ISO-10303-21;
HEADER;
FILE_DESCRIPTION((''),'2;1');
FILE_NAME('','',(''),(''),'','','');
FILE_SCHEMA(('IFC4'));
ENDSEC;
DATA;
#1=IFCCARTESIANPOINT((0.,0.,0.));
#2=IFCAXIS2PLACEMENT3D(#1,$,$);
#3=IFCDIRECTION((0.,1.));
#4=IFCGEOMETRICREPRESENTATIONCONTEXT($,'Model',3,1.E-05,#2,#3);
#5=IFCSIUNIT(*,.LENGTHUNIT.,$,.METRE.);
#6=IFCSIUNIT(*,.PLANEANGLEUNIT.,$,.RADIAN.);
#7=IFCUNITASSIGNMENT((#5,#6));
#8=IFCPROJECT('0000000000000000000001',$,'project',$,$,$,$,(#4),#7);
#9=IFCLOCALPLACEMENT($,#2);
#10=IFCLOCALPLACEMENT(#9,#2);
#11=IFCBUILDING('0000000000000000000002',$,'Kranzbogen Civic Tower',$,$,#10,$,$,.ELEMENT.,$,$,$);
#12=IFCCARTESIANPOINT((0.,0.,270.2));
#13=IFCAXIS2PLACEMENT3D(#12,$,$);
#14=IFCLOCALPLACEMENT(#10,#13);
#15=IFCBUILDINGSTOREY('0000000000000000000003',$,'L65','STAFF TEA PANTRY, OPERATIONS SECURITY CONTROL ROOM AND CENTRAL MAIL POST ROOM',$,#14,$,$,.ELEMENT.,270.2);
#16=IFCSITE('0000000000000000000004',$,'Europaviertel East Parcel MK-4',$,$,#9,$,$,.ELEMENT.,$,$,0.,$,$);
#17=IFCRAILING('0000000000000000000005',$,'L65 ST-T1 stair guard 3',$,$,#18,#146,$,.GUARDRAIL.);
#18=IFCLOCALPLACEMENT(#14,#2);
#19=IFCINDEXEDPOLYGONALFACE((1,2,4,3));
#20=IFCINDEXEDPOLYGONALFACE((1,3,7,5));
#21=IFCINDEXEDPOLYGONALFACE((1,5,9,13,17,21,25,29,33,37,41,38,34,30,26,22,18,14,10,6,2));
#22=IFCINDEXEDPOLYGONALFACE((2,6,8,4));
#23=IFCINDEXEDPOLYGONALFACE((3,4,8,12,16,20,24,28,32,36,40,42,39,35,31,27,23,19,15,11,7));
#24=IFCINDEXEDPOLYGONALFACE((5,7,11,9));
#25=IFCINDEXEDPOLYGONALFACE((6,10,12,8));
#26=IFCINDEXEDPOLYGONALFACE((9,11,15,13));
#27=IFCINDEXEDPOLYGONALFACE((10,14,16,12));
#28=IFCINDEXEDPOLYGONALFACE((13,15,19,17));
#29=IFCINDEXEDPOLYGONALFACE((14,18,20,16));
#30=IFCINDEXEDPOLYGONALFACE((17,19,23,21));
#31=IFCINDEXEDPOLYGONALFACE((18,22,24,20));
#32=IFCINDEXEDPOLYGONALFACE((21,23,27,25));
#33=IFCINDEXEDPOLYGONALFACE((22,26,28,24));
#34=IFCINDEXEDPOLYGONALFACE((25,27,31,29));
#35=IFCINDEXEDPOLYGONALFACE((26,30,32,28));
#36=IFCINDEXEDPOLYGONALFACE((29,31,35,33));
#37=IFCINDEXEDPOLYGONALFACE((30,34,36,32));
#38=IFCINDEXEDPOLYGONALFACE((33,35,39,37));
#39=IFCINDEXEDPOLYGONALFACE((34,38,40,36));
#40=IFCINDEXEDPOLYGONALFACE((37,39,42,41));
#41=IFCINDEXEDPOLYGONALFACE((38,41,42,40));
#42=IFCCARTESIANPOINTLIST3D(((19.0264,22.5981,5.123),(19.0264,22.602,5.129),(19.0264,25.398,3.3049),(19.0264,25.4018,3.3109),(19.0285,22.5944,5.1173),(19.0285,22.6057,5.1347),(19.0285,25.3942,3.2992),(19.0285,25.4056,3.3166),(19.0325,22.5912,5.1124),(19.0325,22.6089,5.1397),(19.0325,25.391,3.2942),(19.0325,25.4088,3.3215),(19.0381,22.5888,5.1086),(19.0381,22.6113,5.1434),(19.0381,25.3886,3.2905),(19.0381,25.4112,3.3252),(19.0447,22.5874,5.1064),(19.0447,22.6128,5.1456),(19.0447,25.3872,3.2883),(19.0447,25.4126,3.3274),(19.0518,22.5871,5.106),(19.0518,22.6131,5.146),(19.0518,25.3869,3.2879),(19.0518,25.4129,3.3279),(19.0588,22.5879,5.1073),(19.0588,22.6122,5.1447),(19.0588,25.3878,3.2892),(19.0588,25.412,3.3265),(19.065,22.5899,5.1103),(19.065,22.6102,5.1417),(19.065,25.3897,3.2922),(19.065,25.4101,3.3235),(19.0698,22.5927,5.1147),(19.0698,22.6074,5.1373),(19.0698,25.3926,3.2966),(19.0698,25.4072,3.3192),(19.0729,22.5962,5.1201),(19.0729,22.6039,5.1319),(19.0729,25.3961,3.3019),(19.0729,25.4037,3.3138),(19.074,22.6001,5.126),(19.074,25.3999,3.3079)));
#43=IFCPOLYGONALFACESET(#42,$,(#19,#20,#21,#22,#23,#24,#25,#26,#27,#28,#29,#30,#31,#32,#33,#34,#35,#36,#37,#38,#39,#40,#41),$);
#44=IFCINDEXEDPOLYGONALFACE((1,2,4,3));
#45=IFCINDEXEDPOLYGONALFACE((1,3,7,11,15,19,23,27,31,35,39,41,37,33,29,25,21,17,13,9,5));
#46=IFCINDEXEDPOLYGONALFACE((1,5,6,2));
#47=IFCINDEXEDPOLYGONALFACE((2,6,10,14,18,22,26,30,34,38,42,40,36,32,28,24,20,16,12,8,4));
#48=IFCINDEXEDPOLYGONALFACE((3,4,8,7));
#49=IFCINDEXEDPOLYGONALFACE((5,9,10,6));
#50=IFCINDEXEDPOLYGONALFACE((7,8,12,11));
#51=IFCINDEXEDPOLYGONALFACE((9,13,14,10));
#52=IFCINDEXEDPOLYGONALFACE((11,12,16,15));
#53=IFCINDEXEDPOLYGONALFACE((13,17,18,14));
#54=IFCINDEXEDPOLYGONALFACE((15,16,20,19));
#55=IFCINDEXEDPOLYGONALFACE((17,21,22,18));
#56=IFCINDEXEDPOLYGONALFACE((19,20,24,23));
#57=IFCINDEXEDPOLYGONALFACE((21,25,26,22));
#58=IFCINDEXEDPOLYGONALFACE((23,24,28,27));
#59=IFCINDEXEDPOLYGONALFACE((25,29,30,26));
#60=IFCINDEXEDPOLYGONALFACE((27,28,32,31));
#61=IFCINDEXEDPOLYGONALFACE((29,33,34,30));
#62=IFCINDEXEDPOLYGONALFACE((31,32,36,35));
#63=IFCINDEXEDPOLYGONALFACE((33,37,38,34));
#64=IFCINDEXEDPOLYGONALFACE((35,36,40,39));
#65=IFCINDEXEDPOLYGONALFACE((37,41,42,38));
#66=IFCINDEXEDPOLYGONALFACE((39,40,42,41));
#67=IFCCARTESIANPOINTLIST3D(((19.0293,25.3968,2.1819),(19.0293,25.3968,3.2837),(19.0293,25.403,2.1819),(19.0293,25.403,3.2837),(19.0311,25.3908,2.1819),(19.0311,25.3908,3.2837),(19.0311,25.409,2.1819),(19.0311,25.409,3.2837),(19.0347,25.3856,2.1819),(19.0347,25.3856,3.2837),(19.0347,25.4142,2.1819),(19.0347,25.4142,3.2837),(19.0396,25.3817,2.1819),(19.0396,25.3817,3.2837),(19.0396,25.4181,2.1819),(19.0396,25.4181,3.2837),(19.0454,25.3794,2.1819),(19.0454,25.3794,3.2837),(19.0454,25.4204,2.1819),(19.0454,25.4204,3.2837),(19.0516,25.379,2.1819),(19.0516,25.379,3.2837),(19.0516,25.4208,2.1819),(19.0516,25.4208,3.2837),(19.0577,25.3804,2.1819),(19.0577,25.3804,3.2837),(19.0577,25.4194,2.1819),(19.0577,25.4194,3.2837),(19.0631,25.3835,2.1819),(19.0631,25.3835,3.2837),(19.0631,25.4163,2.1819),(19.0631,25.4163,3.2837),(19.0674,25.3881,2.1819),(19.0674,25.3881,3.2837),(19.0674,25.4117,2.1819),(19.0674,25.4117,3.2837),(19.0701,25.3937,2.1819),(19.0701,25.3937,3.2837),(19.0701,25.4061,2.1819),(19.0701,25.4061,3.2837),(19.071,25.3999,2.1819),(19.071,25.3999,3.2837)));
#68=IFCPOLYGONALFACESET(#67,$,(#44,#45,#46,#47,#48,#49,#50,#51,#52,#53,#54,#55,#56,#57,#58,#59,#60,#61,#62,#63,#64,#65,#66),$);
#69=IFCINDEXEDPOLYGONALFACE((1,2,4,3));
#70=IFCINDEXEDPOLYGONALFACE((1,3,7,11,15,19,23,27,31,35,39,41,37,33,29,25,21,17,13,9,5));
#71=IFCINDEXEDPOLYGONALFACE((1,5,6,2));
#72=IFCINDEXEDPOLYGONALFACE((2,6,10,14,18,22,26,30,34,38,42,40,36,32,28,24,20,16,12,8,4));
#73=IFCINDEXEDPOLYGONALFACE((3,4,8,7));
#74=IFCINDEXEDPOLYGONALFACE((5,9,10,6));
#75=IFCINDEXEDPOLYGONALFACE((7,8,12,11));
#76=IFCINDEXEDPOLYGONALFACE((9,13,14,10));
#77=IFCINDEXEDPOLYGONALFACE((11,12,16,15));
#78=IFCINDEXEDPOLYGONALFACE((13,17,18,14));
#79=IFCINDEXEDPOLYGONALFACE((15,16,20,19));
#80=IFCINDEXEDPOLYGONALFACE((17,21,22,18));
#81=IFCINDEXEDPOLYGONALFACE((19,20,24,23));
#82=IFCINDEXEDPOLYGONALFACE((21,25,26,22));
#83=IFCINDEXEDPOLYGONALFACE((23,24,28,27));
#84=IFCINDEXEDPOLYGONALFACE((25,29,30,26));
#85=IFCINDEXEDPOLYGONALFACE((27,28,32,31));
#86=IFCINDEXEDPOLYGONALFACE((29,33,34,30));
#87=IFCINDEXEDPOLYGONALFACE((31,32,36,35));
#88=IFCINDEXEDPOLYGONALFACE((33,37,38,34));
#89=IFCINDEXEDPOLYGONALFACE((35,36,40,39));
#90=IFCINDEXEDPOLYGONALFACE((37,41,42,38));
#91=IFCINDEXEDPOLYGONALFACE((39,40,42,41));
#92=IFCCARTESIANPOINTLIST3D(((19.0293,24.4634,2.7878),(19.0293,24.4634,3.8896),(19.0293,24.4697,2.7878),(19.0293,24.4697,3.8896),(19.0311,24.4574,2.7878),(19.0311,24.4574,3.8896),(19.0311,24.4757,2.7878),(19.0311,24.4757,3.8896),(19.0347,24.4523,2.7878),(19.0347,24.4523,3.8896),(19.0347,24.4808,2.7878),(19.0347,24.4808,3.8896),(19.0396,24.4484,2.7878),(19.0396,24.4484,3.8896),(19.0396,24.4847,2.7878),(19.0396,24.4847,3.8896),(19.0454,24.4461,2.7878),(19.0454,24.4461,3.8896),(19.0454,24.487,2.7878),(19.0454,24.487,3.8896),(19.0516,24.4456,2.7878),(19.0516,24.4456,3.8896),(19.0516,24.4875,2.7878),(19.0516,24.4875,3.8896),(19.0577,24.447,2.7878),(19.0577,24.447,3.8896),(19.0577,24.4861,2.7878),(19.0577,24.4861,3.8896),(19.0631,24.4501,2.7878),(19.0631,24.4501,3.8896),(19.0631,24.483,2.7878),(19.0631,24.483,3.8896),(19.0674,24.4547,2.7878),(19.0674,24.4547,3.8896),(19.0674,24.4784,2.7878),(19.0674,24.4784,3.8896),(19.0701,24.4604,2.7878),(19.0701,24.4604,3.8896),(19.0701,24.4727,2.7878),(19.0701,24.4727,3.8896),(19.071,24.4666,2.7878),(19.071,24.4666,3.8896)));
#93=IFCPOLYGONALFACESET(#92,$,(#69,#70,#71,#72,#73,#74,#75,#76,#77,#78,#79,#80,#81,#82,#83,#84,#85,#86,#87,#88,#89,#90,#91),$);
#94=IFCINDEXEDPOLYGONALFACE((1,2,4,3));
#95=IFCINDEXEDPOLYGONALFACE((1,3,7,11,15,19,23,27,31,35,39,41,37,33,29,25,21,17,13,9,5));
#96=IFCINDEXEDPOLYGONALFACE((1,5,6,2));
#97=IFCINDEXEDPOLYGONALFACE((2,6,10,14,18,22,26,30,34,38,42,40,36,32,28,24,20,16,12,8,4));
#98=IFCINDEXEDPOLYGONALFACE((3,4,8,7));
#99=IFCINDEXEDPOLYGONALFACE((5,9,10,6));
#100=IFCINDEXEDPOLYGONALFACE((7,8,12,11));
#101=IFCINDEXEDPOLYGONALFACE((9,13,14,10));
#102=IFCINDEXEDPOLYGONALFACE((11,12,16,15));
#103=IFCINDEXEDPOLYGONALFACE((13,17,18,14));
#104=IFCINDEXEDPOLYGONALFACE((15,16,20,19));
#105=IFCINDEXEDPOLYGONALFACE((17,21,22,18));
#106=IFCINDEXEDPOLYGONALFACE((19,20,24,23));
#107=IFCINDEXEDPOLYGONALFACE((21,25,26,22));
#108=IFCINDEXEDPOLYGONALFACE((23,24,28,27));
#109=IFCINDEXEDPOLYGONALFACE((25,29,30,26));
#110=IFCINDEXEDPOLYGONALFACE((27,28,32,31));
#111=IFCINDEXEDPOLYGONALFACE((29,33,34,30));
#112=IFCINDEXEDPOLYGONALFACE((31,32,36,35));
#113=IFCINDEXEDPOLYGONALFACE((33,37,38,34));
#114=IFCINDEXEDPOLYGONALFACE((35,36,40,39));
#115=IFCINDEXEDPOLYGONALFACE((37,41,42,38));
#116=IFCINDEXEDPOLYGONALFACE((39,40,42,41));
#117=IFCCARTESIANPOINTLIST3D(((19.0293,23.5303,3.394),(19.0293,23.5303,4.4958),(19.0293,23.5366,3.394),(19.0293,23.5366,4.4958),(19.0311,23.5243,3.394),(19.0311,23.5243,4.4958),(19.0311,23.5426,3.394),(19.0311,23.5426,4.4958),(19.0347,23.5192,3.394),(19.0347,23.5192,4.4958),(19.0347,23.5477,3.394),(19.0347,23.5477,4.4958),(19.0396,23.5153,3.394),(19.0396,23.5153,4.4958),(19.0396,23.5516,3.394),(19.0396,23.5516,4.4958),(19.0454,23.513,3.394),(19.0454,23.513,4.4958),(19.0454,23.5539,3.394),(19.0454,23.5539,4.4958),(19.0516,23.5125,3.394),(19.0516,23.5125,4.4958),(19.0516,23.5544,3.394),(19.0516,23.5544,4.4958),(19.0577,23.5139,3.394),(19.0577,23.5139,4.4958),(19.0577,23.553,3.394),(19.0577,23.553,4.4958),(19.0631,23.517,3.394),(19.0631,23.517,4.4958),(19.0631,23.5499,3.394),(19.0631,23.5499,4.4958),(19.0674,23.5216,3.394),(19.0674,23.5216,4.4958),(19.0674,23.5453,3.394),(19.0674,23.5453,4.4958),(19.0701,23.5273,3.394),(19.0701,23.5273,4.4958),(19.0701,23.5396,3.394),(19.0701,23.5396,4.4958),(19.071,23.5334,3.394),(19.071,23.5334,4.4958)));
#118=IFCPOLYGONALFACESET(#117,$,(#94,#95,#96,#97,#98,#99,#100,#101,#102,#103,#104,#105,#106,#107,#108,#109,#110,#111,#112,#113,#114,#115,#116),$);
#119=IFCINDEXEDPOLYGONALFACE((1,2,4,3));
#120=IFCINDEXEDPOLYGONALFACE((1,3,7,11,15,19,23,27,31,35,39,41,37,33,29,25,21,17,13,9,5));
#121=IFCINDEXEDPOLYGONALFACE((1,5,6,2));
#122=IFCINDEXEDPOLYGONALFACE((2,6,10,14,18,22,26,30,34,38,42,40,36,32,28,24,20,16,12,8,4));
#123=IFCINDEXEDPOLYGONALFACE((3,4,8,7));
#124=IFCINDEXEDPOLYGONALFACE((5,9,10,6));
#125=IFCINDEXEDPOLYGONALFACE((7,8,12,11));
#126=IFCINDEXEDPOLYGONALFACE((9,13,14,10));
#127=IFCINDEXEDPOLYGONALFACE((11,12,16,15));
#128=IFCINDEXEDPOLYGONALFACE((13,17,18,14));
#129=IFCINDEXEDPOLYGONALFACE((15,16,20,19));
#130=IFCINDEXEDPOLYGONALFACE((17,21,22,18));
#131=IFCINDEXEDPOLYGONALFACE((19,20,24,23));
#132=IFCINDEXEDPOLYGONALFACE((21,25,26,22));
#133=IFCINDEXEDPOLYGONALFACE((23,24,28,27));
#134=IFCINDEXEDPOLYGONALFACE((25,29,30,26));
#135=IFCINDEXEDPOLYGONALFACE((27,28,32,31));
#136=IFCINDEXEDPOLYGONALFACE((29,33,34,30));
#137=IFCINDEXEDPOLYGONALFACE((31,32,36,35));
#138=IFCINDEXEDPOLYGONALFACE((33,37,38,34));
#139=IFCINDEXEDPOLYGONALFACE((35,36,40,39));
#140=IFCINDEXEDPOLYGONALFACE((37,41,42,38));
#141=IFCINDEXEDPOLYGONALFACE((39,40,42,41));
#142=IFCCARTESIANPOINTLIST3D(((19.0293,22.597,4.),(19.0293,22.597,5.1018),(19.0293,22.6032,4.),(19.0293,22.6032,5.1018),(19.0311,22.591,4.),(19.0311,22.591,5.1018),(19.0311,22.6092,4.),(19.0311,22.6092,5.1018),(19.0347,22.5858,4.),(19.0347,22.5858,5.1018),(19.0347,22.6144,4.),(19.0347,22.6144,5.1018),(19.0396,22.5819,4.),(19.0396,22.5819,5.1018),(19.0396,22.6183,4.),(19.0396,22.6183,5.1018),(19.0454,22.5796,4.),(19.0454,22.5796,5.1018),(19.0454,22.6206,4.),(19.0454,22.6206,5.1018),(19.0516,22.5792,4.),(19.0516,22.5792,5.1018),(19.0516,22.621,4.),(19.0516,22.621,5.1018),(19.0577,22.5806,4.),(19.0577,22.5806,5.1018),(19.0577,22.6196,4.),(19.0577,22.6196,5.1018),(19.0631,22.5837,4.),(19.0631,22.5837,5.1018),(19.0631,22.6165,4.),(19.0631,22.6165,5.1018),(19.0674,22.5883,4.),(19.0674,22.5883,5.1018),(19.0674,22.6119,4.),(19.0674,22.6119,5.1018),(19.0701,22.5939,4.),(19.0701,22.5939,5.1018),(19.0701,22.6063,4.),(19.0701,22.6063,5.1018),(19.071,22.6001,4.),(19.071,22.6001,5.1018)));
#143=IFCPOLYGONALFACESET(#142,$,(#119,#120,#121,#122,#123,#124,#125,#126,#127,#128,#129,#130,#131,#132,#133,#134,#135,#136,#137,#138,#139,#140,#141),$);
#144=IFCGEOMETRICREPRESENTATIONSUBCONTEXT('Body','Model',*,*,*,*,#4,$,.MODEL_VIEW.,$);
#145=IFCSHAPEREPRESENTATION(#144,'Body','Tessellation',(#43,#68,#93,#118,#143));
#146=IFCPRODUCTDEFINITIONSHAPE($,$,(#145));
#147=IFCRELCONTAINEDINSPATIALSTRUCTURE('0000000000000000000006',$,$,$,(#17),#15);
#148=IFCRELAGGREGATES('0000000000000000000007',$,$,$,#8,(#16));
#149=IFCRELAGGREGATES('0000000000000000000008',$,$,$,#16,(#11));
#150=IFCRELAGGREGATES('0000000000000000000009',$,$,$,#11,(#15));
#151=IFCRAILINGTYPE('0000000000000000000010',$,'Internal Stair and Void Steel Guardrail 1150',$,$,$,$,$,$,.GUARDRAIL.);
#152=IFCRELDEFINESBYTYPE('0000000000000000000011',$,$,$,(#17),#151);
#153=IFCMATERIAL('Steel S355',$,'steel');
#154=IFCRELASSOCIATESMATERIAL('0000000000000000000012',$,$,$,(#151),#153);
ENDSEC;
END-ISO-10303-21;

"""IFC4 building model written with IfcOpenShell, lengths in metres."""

from ifc_helpers import new_model, si_unit, direction, frame, origin, origin_2d, place, context, subcontext, project, spatial, circle, extrude, material, type_object, element, save


model = new_model("IFC4")

# Units and contexts
model_context = context("Model", 3, precision=1e-05, world=origin(), true_north=direction((0.0, 1.0)))
body_context = subcontext(model_context, "Body", "Model", "MODEL_VIEW")
ifc_project = project(units=[si_unit("LENGTHUNIT", "METRE"), si_unit("PLANEANGLEUNIT", "RADIAN")], contexts=[model_context])

# Site, building, storey
site_placement = place(None, origin())
site = spatial("IfcSite", under=ifc_project, at=site_placement, Name="Europaviertel East Parcel MK-4", CompositionType="ELEMENT", RefElevation=0.0)
building_placement = place(site_placement, origin())
building = spatial("IfcBuilding", under=site, at=building_placement, Name="Kranzbogen Civic Tower", CompositionType="ELEMENT")
storey_placement = place(building_placement, frame((0.0, 0.0, 270.2)))
storey = spatial("IfcBuildingStorey", under=building, at=storey_placement, Name="L65", Description="STAFF TEA PANTRY, OPERATIONS SECURITY CONTROL ROOM AND CENTRAL MAIL POST ROOM", CompositionType="ELEMENT", Elevation=270.2)

# Shared definitions
ifc_material_1 = material(Name="Steel S355", Category="steel")

# Railing
railing_type_1 = type_object("IfcRailingType", Name="Internal Stair and Void Steel Guardrail 1150", PredefinedType="GUARDRAIL", material=ifc_material_1)
railing_1_placement = place(storey_placement, frame((19.05, 25.3999, 2.1819)))
element("IfcRailing", 1, at=railing_1_placement, inside=storey, type_object=railing_type_1, Name="L65 ST-T1 stair guard 3", PredefinedType="GUARDRAIL", context=body_context, shape_type="SweptSolid", body=[
    extrude(circle(Radius=0.0239, at=origin_2d()), frame((0.0, 0.0, 1.126), z_axis=(0.0, -0.838684, 0.544618), x_axis=(1.0, 0.0, 0.0)), (0.0, 0.0, 1.0), 3.3384),
    extrude(circle(Radius=0.021, at=origin_2d()), origin(), (0.0, 0.0, 1.0), 1.1018),
    extrude(circle(Radius=0.021, at=origin_2d()), frame((0.0, -0.9333, 0.606)), (0.0, 0.0, 1.0), 1.1018),
    extrude(circle(Radius=0.021, at=origin_2d()), frame((0.0, -1.8665, 1.2122)), (0.0, 0.0, 1.0), 1.1018),
    extrude(circle(Radius=0.021, at=origin_2d()), frame((0.0, -2.7998, 1.8181)), (0.0, 0.0, 1.0), 1.1018),
])

save(model, "model.ifc")
